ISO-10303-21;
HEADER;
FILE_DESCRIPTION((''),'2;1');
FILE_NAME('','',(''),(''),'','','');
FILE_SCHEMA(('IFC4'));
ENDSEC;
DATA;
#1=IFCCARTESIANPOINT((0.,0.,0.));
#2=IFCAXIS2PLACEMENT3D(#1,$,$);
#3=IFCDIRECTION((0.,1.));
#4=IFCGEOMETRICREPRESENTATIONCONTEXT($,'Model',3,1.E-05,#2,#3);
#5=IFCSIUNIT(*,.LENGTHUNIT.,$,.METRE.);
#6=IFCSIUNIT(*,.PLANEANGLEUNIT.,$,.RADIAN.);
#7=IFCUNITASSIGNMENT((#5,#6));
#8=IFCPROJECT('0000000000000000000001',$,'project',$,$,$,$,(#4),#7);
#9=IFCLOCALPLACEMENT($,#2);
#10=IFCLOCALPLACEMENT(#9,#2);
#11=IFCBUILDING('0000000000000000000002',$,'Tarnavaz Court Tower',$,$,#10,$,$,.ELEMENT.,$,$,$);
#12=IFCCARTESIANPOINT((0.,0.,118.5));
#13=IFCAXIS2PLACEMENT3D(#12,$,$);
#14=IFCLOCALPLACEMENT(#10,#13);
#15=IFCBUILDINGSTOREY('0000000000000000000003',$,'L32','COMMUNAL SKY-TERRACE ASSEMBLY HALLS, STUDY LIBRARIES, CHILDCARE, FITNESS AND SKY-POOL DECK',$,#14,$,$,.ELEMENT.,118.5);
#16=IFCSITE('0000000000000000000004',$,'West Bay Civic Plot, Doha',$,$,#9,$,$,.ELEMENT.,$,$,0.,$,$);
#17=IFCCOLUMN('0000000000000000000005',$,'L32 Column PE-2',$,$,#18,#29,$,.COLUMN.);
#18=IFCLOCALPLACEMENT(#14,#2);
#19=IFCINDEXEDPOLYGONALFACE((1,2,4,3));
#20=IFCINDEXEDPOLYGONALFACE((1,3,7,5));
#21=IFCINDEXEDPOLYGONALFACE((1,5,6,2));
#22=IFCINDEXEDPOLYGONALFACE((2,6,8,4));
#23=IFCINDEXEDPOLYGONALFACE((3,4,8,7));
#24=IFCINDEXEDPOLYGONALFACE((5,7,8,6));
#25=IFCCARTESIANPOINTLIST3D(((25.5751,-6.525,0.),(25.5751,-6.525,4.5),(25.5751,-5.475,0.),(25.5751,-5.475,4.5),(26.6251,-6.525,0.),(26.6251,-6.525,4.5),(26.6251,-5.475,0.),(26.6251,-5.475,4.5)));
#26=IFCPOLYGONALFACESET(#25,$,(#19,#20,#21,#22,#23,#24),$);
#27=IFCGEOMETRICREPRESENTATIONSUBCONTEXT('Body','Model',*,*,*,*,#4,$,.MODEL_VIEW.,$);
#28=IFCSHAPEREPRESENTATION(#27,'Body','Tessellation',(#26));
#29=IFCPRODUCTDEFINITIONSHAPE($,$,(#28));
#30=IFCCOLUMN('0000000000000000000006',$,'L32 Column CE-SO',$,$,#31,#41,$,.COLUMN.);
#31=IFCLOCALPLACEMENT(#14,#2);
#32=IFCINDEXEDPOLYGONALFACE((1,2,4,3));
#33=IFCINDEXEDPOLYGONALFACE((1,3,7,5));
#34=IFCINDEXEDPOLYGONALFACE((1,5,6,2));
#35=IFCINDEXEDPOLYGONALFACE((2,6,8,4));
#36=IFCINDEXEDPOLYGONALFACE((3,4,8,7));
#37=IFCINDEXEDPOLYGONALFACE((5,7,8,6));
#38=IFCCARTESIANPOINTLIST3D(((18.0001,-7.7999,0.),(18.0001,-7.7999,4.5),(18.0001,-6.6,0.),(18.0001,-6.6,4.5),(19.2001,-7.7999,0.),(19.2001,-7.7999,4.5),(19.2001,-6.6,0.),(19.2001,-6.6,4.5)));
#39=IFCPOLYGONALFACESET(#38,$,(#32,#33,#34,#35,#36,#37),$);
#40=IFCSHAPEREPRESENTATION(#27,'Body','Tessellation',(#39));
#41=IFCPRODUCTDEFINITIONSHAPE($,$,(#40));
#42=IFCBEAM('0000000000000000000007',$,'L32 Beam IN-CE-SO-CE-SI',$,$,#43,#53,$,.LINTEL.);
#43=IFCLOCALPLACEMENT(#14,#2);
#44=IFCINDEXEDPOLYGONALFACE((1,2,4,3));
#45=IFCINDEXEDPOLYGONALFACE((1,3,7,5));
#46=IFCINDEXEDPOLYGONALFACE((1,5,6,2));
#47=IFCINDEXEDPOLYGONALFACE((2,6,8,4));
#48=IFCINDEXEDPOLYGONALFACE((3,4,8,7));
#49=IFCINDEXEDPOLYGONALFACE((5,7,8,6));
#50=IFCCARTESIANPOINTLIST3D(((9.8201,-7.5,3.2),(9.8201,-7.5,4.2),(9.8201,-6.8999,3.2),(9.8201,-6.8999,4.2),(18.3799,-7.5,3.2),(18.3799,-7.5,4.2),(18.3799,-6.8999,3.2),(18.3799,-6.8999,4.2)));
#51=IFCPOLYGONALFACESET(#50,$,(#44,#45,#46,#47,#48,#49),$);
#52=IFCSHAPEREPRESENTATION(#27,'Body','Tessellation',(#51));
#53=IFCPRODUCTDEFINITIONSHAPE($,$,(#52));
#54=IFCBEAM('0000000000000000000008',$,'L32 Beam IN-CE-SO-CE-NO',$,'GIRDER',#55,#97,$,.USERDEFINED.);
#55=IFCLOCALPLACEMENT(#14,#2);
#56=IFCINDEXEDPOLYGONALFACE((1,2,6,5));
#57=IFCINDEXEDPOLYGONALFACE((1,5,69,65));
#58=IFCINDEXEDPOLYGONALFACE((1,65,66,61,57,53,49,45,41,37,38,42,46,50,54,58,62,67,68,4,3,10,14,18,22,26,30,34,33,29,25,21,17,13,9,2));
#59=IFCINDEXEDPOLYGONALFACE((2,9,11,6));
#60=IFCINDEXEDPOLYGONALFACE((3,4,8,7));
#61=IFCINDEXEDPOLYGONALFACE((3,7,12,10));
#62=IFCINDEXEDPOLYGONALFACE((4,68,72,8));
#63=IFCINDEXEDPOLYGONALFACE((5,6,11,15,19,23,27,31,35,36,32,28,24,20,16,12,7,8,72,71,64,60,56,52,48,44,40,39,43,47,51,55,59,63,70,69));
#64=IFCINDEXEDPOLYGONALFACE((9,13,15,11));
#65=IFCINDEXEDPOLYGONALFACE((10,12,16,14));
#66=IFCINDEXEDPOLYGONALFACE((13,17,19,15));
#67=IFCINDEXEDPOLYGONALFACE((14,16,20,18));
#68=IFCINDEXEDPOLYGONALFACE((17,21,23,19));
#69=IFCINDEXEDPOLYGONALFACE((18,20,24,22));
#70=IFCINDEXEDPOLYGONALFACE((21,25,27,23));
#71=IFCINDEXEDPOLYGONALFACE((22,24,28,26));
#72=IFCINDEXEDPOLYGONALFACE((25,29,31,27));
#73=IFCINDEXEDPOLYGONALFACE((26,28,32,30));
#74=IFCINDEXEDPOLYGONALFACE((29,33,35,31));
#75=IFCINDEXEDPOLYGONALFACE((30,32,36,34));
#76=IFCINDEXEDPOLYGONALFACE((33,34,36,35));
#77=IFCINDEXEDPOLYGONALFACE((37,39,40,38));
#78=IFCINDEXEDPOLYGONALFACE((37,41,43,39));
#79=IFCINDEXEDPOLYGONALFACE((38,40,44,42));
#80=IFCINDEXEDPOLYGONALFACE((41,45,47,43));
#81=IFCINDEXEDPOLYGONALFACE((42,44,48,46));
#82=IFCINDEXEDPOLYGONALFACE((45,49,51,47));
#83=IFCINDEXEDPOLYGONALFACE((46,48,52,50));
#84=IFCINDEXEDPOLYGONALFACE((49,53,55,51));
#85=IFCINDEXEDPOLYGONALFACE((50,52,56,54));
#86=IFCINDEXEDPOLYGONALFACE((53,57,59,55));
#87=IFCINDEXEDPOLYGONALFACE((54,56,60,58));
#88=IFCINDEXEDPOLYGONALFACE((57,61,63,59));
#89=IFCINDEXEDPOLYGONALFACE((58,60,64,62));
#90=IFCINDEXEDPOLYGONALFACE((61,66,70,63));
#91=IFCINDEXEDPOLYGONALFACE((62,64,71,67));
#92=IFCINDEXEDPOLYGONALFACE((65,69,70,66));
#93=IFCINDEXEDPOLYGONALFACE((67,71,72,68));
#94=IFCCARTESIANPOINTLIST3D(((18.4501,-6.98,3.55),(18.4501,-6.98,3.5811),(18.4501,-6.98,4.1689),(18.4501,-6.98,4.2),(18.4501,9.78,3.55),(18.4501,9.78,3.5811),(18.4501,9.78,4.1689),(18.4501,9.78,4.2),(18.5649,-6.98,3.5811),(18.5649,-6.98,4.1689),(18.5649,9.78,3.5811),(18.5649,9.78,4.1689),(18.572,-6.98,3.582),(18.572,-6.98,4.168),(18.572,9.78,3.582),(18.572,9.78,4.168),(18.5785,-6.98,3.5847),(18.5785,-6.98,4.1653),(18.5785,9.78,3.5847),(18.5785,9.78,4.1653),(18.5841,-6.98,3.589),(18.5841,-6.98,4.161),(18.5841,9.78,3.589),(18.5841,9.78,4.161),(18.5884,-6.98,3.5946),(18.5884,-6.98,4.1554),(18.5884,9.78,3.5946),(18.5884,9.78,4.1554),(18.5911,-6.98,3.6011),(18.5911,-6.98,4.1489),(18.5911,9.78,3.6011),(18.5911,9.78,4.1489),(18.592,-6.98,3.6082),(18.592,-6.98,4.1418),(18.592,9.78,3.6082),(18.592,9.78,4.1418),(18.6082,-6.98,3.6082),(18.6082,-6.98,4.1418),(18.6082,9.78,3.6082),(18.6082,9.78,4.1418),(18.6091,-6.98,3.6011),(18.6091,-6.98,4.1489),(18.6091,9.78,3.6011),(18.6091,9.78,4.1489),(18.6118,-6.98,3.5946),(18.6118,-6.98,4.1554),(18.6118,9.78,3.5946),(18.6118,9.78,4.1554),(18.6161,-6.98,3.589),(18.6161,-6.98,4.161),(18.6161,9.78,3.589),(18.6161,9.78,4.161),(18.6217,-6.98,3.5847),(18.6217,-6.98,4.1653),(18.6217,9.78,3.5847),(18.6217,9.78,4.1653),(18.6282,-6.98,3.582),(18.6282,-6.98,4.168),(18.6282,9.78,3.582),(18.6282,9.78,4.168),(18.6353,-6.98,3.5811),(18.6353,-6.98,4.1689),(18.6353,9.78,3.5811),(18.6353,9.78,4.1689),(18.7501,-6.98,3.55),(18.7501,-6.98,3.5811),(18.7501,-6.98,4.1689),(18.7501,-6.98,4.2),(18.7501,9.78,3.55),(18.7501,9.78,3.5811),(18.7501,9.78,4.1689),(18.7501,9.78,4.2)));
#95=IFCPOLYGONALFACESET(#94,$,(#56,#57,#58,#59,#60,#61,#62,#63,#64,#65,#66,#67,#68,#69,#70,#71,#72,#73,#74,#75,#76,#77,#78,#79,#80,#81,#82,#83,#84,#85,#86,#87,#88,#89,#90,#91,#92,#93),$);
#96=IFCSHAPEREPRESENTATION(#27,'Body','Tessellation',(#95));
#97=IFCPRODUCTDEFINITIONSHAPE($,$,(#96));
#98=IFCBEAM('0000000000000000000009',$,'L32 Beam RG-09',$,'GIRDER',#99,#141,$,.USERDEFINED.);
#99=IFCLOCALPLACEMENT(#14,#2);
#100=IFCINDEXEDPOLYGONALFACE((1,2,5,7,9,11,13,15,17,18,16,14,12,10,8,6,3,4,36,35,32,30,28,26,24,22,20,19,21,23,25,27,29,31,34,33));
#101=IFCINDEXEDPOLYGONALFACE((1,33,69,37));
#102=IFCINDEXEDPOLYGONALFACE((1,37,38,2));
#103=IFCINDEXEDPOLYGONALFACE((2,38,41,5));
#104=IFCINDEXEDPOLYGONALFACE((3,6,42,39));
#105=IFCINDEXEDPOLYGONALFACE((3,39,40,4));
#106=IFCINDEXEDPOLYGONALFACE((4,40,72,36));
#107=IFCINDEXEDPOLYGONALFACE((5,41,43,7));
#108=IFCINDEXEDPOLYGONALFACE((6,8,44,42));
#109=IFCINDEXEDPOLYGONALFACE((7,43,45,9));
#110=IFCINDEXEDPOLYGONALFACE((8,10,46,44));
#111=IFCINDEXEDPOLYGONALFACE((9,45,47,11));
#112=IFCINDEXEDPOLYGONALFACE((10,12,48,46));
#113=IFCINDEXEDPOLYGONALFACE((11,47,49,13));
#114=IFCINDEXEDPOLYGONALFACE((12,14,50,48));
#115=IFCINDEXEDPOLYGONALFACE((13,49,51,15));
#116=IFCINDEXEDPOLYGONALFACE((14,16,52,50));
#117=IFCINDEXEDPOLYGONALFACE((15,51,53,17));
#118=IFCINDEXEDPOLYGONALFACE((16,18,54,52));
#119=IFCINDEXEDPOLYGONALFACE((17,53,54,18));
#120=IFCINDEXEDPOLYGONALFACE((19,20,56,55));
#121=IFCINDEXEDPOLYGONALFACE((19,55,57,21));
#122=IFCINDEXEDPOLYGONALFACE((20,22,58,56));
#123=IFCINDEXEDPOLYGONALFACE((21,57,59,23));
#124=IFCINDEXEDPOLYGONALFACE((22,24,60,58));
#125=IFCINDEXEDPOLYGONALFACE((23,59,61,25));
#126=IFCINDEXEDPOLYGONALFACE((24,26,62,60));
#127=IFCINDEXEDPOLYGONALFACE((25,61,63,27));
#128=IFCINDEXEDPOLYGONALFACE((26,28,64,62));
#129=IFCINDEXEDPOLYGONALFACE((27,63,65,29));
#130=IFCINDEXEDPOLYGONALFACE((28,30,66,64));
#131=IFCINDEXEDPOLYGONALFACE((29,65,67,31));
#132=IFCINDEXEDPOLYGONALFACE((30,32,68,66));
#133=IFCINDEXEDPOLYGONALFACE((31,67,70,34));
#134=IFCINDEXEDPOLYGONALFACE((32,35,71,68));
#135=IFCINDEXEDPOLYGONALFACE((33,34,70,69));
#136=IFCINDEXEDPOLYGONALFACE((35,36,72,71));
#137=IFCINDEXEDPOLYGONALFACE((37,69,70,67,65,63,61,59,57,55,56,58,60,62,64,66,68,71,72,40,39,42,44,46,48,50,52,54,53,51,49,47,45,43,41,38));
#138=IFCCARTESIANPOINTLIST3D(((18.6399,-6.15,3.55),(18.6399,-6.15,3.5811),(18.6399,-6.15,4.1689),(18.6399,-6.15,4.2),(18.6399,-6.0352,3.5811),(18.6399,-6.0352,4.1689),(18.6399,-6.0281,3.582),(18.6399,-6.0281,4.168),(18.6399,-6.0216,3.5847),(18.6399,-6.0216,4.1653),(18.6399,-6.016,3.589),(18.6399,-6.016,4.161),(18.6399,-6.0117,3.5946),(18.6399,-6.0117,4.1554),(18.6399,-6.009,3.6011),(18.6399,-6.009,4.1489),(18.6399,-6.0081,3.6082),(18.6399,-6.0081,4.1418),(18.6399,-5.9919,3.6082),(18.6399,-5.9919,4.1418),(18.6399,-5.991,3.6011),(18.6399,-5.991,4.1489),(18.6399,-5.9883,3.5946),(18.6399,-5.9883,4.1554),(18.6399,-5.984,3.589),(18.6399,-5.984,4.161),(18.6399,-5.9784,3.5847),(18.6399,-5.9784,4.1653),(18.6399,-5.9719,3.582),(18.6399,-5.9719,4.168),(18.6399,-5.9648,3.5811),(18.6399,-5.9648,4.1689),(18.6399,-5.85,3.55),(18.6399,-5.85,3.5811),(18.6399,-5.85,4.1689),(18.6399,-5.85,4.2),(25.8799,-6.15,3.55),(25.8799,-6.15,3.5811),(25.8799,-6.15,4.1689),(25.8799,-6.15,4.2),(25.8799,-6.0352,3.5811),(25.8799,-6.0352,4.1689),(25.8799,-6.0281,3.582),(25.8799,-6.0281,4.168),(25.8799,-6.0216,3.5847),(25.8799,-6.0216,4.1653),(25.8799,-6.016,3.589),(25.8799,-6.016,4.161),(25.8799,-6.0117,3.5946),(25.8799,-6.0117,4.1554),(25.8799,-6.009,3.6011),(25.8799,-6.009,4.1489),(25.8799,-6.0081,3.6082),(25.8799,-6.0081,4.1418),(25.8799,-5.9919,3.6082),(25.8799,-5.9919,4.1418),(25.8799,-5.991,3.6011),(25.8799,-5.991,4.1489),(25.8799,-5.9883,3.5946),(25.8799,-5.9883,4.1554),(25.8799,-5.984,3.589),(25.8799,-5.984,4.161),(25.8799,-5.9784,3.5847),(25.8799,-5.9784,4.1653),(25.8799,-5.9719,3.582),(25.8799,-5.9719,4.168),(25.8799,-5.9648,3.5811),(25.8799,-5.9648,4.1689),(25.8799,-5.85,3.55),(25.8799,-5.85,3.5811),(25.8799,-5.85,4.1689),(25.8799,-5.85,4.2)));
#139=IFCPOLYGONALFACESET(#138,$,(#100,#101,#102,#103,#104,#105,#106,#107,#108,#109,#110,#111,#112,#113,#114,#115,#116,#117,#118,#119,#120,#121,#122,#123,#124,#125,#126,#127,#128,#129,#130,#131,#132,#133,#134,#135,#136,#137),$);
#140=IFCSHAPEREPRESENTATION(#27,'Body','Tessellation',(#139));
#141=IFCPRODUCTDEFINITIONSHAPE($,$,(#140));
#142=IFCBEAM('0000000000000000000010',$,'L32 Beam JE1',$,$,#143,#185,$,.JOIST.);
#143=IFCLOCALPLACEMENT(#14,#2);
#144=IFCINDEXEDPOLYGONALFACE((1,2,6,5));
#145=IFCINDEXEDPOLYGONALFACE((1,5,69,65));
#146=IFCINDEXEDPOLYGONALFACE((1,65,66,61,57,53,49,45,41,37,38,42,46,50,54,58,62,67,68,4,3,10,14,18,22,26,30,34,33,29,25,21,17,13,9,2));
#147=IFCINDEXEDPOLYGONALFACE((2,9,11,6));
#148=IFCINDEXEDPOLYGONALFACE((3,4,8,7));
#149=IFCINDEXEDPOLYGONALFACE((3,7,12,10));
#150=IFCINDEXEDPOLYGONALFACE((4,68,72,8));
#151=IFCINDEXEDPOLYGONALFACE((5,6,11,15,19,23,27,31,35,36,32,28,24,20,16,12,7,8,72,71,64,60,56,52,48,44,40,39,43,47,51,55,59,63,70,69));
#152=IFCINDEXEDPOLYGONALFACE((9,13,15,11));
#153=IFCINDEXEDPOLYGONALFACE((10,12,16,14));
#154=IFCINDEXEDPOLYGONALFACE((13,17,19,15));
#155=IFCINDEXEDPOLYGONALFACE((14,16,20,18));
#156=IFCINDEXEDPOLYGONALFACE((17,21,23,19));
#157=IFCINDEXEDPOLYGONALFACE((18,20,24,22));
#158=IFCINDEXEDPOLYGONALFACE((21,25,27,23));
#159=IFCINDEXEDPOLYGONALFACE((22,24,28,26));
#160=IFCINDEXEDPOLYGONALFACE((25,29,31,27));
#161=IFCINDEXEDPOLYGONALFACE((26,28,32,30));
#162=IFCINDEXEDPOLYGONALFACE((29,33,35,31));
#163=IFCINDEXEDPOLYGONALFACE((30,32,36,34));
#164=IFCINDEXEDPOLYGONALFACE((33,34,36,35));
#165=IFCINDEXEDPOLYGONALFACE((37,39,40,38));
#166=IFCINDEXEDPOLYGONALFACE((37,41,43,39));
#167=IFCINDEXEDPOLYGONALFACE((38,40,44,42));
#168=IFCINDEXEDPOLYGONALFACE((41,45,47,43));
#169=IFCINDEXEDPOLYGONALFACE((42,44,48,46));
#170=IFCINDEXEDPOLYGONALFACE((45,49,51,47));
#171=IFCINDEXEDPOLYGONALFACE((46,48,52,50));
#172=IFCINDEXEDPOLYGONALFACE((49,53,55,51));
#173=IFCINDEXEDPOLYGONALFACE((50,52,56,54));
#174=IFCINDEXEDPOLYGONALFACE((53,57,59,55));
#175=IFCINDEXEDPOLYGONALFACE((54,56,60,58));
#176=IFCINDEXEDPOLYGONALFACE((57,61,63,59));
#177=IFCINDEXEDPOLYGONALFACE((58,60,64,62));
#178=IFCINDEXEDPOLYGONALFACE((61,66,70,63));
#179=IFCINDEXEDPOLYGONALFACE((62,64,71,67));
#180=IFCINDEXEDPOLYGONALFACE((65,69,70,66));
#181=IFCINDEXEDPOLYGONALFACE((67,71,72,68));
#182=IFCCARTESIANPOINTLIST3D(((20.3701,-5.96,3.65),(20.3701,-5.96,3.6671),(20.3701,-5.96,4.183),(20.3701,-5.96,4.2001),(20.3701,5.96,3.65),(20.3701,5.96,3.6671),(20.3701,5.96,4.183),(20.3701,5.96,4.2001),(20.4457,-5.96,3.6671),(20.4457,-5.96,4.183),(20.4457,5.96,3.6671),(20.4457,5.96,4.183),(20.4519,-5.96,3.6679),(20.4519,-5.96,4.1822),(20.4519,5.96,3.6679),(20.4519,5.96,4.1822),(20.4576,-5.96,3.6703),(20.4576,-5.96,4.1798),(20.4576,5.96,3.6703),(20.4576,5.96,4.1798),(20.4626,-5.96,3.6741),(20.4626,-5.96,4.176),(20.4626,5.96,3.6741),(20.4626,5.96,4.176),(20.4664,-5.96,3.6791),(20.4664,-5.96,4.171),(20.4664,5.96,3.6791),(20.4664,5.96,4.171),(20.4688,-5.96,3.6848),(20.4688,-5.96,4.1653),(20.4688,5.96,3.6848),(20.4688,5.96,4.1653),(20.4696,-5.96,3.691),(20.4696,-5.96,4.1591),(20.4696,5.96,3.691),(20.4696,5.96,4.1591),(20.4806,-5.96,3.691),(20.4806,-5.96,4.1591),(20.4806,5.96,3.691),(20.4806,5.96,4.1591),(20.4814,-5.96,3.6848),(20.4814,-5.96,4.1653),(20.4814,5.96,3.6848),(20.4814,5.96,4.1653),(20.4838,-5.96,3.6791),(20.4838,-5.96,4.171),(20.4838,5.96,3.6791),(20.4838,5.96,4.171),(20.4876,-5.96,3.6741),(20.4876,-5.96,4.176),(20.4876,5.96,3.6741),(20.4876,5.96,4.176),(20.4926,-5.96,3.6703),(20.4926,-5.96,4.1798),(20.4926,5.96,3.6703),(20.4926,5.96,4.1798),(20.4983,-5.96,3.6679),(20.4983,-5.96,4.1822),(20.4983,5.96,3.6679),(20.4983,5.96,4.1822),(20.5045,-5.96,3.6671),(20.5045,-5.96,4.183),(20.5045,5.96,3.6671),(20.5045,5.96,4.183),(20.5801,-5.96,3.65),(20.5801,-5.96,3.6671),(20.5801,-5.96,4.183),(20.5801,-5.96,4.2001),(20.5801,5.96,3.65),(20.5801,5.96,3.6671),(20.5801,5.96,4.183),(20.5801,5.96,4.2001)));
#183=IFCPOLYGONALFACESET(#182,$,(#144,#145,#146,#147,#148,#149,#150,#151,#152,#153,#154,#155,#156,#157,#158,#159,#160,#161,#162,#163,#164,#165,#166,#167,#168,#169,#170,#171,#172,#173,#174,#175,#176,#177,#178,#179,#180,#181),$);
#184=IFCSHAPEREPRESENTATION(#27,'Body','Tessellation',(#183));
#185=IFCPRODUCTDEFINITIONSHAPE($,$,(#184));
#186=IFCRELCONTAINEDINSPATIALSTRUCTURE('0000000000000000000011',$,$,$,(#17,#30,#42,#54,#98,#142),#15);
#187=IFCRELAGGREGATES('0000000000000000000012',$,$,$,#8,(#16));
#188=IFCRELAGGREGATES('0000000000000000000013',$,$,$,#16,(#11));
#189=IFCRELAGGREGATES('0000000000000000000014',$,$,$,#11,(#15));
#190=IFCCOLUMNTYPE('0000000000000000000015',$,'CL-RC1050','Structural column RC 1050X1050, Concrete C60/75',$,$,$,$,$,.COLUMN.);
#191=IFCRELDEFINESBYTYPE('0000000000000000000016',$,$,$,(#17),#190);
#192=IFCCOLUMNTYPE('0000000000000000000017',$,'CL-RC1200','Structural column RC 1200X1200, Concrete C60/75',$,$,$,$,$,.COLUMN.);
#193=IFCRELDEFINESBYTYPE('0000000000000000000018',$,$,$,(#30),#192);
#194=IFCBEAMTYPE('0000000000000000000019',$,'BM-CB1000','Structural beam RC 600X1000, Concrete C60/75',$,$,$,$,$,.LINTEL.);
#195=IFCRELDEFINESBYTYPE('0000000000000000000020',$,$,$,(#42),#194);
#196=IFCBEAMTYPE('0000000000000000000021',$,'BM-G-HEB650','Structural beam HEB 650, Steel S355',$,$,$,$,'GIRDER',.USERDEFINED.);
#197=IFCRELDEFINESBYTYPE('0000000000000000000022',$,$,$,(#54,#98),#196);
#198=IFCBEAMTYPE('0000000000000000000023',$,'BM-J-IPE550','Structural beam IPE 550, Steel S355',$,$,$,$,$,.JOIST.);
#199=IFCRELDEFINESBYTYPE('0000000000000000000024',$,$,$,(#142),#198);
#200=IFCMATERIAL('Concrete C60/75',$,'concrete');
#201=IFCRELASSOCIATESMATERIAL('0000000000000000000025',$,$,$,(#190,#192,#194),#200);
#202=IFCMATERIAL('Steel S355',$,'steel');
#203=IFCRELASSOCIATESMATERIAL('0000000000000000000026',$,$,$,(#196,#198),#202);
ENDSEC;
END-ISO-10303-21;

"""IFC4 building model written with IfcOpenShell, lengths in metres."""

from ifc_helpers import new_model, si_unit, direction, frame, origin, origin_2d, place, context, subcontext, project, spatial, rectangle, i_section, extrude, material, material_profile, profile_set, type_object, element, save


model = new_model("IFC4")

# Units and contexts
model_context = context("Model", 3, precision=1e-05, world=origin(), true_north=direction((0.0, 1.0)))
body_context = subcontext(model_context, "Body", "Model", "MODEL_VIEW")
ifc_project = project(units=[si_unit("LENGTHUNIT", "METRE"), si_unit("PLANEANGLEUNIT", "RADIAN")], contexts=[model_context])

# Site, building, storey
site_placement = place(None, origin())
site = spatial("IfcSite", under=ifc_project, at=site_placement, Name="West Bay Civic Plot, Doha", CompositionType="ELEMENT", RefElevation=0.0)
building_placement = place(site_placement, origin())
building = spatial("IfcBuilding", under=site, at=building_placement, Name="Tarnavaz Court Tower", CompositionType="ELEMENT")
storey_placement = place(building_placement, frame((0.0, 0.0, 118.5)))
storey = spatial("IfcBuildingStorey", under=building, at=storey_placement, Name="L32", Description="COMMUNAL SKY-TERRACE ASSEMBLY HALLS, STUDY LIBRARIES, CHILDCARE, FITNESS AND SKY-POOL DECK", CompositionType="ELEMENT", Elevation=118.5)

# Columns
ifc_material_1 = material(Name="Concrete C60/75", Category="concrete")
ifc_material_profile_1 = material_profile(ifc_material_1, rectangle(XDim=1.05, YDim=1.05, at=origin_2d()), Name="RC 1050X1050")
ifc_profile_set_1 = profile_set([ifc_material_profile_1], Name="Concrete C60/75")
column_type_1 = type_object("IfcColumnType", Name="CL-RC1050", Description="Structural column RC 1050X1050, Concrete C60/75", PredefinedType="COLUMN", material=ifc_profile_set_1)
column_1_placement = place(storey_placement, frame((26.1001, -6.0, 0.0), z_axis=(0.0, 0.0, 1.0), x_axis=(1.0, 0.0, 0.0)))
element("IfcColumn", 1, at=column_1_placement, inside=storey, type_object=column_type_1, Name="L32 Column PE-2", PredefinedType="COLUMN", context=body_context, shape_type="SweptSolid", body=[
    extrude(rectangle(XDim=1.05, YDim=1.05, at=origin_2d()), origin(), (0.0, 0.0, 1.0), 4.5),
])
ifc_material_profile_2 = material_profile(ifc_material_1, rectangle(XDim=1.2, YDim=1.2, at=origin_2d()), Name="RC 1200X1200")
ifc_profile_set_2 = profile_set([ifc_material_profile_2], Name="Concrete C60/75")
column_type_2 = type_object("IfcColumnType", Name="CL-RC1200", Description="Structural column RC 1200X1200, Concrete C60/75", PredefinedType="COLUMN", material=ifc_profile_set_2)
column_2_placement = place(storey_placement, frame((18.6001, -7.2, 0.0), z_axis=(0.0, 0.0, 1.0), x_axis=(1.0, 0.0, 0.0)))
element("IfcColumn", 2, at=column_2_placement, inside=storey, type_object=column_type_2, Name="L32 Column CE-SO", PredefinedType="COLUMN", context=body_context, shape_type="SweptSolid", body=[
    extrude(rectangle(XDim=1.2, YDim=1.2, at=origin_2d()), origin(), (0.0, 0.0, 1.0), 4.5),
])

# Beams
ifc_material_profile_3 = material_profile(ifc_material_1, rectangle(XDim=0.6001, YDim=1.0, at=origin_2d()), Name="RC 600X1000")
ifc_profile_set_3 = profile_set([ifc_material_profile_3], Name="Concrete C60/75")
beam_type_1 = type_object("IfcBeamType", Name="BM-CB1000", Description="Structural beam RC 600X1000, Concrete C60/75", PredefinedType="LINTEL", material=ifc_profile_set_3)
beam_1_placement = place(storey_placement, frame((18.3799, -7.2, 3.7), z_axis=(-1.0, 0.0, 0.0), x_axis=(0.0, -1.0, 0.0)))
element("IfcBeam", 3, at=beam_1_placement, inside=storey, type_object=beam_type_1, Name="L32 Beam IN-CE-SO-CE-SI", PredefinedType="LINTEL", context=body_context, shape_type="SweptSolid", body=[
    extrude(rectangle(XDim=0.6001, YDim=1.0, at=origin_2d()), origin(), (0.0, 0.0, 1.0), 8.5598),
])
ifc_material_2 = material(Name="Steel S355", Category="steel")
ifc_material_profile_4 = material_profile(ifc_material_2, i_section(OverallWidth=0.3, OverallDepth=0.6499, WebThickness=0.0161, FlangeThickness=0.031, FilletRadius=0.0271, at=origin_2d()), Name="HEB 650")
ifc_profile_set_4 = profile_set([ifc_material_profile_4], Name="Steel S355")
beam_type_2 = type_object("IfcBeamType", Name="BM-G-HEB650", Description="Structural beam HEB 650, Steel S355", ElementType="GIRDER", PredefinedType="USERDEFINED", material=ifc_profile_set_4)
beam_2_placement = place(storey_placement, frame((18.6001, -6.98, 3.875), z_axis=(0.0, 1.0, 0.0), x_axis=(-1.0, 0.0, 0.0)))
element("IfcBeam", 4, at=beam_2_placement, inside=storey, type_object=beam_type_2, Name="L32 Beam IN-CE-SO-CE-NO", ObjectType="GIRDER", PredefinedType="USERDEFINED", context=body_context, shape_type="SweptSolid", body=[
    extrude(i_section(OverallWidth=0.3, OverallDepth=0.6499, WebThickness=0.0161, FlangeThickness=0.031, FilletRadius=0.0271, at=origin_2d()), origin(), (0.0, 0.0, 1.0), 16.76),
])
beam_3_placement = place(storey_placement, frame((18.6399, -6.0, 3.875), z_axis=(1.0, 0.0, 0.0), x_axis=(0.0, 1.0, 0.0)))
element("IfcBeam", 5, at=beam_3_placement, inside=storey, type_object=beam_type_2, Name="L32 Beam RG-09", ObjectType="GIRDER", PredefinedType="USERDEFINED", context=body_context, shape_type="SweptSolid", body=[
    extrude(i_section(OverallWidth=0.3, OverallDepth=0.6499, WebThickness=0.0161, FlangeThickness=0.031, FilletRadius=0.0271, at=origin_2d()), origin(), (0.0, 0.0, 1.0), 7.24),
])
ifc_material_profile_5 = material_profile(ifc_material_2, i_section(OverallWidth=0.21, OverallDepth=0.55, WebThickness=0.011, FlangeThickness=0.0171, FilletRadius=0.0239, at=origin_2d()), Name="IPE 550")
ifc_profile_set_5 = profile_set([ifc_material_profile_5], Name="Steel S355")
beam_type_3 = type_object("IfcBeamType", Name="BM-J-IPE550", Description="Structural beam IPE 550, Steel S355", PredefinedType="JOIST", material=ifc_profile_set_5)
for number, where, z_axis, x_axis, name in (
    (6, (20.4751, -5.96, 3.925), (0.0, 1.0, 0.0), (-1.0, 0.0, 0.0), "L32 Beam JE1"),
):
    element("IfcBeam", number, at=place(storey_placement, frame(where, z_axis=z_axis, x_axis=x_axis)), inside=storey, type_object=beam_type_3, Name=name, PredefinedType="JOIST", context=body_context, shape_type="SweptSolid", body=[
        extrude(i_section(OverallWidth=0.21, OverallDepth=0.55, WebThickness=0.011, FlangeThickness=0.0171, FilletRadius=0.0239, at=origin_2d()), origin(), (0.0, 0.0, 1.0), 11.9199),
    ])

save(model, "model.ifc")
